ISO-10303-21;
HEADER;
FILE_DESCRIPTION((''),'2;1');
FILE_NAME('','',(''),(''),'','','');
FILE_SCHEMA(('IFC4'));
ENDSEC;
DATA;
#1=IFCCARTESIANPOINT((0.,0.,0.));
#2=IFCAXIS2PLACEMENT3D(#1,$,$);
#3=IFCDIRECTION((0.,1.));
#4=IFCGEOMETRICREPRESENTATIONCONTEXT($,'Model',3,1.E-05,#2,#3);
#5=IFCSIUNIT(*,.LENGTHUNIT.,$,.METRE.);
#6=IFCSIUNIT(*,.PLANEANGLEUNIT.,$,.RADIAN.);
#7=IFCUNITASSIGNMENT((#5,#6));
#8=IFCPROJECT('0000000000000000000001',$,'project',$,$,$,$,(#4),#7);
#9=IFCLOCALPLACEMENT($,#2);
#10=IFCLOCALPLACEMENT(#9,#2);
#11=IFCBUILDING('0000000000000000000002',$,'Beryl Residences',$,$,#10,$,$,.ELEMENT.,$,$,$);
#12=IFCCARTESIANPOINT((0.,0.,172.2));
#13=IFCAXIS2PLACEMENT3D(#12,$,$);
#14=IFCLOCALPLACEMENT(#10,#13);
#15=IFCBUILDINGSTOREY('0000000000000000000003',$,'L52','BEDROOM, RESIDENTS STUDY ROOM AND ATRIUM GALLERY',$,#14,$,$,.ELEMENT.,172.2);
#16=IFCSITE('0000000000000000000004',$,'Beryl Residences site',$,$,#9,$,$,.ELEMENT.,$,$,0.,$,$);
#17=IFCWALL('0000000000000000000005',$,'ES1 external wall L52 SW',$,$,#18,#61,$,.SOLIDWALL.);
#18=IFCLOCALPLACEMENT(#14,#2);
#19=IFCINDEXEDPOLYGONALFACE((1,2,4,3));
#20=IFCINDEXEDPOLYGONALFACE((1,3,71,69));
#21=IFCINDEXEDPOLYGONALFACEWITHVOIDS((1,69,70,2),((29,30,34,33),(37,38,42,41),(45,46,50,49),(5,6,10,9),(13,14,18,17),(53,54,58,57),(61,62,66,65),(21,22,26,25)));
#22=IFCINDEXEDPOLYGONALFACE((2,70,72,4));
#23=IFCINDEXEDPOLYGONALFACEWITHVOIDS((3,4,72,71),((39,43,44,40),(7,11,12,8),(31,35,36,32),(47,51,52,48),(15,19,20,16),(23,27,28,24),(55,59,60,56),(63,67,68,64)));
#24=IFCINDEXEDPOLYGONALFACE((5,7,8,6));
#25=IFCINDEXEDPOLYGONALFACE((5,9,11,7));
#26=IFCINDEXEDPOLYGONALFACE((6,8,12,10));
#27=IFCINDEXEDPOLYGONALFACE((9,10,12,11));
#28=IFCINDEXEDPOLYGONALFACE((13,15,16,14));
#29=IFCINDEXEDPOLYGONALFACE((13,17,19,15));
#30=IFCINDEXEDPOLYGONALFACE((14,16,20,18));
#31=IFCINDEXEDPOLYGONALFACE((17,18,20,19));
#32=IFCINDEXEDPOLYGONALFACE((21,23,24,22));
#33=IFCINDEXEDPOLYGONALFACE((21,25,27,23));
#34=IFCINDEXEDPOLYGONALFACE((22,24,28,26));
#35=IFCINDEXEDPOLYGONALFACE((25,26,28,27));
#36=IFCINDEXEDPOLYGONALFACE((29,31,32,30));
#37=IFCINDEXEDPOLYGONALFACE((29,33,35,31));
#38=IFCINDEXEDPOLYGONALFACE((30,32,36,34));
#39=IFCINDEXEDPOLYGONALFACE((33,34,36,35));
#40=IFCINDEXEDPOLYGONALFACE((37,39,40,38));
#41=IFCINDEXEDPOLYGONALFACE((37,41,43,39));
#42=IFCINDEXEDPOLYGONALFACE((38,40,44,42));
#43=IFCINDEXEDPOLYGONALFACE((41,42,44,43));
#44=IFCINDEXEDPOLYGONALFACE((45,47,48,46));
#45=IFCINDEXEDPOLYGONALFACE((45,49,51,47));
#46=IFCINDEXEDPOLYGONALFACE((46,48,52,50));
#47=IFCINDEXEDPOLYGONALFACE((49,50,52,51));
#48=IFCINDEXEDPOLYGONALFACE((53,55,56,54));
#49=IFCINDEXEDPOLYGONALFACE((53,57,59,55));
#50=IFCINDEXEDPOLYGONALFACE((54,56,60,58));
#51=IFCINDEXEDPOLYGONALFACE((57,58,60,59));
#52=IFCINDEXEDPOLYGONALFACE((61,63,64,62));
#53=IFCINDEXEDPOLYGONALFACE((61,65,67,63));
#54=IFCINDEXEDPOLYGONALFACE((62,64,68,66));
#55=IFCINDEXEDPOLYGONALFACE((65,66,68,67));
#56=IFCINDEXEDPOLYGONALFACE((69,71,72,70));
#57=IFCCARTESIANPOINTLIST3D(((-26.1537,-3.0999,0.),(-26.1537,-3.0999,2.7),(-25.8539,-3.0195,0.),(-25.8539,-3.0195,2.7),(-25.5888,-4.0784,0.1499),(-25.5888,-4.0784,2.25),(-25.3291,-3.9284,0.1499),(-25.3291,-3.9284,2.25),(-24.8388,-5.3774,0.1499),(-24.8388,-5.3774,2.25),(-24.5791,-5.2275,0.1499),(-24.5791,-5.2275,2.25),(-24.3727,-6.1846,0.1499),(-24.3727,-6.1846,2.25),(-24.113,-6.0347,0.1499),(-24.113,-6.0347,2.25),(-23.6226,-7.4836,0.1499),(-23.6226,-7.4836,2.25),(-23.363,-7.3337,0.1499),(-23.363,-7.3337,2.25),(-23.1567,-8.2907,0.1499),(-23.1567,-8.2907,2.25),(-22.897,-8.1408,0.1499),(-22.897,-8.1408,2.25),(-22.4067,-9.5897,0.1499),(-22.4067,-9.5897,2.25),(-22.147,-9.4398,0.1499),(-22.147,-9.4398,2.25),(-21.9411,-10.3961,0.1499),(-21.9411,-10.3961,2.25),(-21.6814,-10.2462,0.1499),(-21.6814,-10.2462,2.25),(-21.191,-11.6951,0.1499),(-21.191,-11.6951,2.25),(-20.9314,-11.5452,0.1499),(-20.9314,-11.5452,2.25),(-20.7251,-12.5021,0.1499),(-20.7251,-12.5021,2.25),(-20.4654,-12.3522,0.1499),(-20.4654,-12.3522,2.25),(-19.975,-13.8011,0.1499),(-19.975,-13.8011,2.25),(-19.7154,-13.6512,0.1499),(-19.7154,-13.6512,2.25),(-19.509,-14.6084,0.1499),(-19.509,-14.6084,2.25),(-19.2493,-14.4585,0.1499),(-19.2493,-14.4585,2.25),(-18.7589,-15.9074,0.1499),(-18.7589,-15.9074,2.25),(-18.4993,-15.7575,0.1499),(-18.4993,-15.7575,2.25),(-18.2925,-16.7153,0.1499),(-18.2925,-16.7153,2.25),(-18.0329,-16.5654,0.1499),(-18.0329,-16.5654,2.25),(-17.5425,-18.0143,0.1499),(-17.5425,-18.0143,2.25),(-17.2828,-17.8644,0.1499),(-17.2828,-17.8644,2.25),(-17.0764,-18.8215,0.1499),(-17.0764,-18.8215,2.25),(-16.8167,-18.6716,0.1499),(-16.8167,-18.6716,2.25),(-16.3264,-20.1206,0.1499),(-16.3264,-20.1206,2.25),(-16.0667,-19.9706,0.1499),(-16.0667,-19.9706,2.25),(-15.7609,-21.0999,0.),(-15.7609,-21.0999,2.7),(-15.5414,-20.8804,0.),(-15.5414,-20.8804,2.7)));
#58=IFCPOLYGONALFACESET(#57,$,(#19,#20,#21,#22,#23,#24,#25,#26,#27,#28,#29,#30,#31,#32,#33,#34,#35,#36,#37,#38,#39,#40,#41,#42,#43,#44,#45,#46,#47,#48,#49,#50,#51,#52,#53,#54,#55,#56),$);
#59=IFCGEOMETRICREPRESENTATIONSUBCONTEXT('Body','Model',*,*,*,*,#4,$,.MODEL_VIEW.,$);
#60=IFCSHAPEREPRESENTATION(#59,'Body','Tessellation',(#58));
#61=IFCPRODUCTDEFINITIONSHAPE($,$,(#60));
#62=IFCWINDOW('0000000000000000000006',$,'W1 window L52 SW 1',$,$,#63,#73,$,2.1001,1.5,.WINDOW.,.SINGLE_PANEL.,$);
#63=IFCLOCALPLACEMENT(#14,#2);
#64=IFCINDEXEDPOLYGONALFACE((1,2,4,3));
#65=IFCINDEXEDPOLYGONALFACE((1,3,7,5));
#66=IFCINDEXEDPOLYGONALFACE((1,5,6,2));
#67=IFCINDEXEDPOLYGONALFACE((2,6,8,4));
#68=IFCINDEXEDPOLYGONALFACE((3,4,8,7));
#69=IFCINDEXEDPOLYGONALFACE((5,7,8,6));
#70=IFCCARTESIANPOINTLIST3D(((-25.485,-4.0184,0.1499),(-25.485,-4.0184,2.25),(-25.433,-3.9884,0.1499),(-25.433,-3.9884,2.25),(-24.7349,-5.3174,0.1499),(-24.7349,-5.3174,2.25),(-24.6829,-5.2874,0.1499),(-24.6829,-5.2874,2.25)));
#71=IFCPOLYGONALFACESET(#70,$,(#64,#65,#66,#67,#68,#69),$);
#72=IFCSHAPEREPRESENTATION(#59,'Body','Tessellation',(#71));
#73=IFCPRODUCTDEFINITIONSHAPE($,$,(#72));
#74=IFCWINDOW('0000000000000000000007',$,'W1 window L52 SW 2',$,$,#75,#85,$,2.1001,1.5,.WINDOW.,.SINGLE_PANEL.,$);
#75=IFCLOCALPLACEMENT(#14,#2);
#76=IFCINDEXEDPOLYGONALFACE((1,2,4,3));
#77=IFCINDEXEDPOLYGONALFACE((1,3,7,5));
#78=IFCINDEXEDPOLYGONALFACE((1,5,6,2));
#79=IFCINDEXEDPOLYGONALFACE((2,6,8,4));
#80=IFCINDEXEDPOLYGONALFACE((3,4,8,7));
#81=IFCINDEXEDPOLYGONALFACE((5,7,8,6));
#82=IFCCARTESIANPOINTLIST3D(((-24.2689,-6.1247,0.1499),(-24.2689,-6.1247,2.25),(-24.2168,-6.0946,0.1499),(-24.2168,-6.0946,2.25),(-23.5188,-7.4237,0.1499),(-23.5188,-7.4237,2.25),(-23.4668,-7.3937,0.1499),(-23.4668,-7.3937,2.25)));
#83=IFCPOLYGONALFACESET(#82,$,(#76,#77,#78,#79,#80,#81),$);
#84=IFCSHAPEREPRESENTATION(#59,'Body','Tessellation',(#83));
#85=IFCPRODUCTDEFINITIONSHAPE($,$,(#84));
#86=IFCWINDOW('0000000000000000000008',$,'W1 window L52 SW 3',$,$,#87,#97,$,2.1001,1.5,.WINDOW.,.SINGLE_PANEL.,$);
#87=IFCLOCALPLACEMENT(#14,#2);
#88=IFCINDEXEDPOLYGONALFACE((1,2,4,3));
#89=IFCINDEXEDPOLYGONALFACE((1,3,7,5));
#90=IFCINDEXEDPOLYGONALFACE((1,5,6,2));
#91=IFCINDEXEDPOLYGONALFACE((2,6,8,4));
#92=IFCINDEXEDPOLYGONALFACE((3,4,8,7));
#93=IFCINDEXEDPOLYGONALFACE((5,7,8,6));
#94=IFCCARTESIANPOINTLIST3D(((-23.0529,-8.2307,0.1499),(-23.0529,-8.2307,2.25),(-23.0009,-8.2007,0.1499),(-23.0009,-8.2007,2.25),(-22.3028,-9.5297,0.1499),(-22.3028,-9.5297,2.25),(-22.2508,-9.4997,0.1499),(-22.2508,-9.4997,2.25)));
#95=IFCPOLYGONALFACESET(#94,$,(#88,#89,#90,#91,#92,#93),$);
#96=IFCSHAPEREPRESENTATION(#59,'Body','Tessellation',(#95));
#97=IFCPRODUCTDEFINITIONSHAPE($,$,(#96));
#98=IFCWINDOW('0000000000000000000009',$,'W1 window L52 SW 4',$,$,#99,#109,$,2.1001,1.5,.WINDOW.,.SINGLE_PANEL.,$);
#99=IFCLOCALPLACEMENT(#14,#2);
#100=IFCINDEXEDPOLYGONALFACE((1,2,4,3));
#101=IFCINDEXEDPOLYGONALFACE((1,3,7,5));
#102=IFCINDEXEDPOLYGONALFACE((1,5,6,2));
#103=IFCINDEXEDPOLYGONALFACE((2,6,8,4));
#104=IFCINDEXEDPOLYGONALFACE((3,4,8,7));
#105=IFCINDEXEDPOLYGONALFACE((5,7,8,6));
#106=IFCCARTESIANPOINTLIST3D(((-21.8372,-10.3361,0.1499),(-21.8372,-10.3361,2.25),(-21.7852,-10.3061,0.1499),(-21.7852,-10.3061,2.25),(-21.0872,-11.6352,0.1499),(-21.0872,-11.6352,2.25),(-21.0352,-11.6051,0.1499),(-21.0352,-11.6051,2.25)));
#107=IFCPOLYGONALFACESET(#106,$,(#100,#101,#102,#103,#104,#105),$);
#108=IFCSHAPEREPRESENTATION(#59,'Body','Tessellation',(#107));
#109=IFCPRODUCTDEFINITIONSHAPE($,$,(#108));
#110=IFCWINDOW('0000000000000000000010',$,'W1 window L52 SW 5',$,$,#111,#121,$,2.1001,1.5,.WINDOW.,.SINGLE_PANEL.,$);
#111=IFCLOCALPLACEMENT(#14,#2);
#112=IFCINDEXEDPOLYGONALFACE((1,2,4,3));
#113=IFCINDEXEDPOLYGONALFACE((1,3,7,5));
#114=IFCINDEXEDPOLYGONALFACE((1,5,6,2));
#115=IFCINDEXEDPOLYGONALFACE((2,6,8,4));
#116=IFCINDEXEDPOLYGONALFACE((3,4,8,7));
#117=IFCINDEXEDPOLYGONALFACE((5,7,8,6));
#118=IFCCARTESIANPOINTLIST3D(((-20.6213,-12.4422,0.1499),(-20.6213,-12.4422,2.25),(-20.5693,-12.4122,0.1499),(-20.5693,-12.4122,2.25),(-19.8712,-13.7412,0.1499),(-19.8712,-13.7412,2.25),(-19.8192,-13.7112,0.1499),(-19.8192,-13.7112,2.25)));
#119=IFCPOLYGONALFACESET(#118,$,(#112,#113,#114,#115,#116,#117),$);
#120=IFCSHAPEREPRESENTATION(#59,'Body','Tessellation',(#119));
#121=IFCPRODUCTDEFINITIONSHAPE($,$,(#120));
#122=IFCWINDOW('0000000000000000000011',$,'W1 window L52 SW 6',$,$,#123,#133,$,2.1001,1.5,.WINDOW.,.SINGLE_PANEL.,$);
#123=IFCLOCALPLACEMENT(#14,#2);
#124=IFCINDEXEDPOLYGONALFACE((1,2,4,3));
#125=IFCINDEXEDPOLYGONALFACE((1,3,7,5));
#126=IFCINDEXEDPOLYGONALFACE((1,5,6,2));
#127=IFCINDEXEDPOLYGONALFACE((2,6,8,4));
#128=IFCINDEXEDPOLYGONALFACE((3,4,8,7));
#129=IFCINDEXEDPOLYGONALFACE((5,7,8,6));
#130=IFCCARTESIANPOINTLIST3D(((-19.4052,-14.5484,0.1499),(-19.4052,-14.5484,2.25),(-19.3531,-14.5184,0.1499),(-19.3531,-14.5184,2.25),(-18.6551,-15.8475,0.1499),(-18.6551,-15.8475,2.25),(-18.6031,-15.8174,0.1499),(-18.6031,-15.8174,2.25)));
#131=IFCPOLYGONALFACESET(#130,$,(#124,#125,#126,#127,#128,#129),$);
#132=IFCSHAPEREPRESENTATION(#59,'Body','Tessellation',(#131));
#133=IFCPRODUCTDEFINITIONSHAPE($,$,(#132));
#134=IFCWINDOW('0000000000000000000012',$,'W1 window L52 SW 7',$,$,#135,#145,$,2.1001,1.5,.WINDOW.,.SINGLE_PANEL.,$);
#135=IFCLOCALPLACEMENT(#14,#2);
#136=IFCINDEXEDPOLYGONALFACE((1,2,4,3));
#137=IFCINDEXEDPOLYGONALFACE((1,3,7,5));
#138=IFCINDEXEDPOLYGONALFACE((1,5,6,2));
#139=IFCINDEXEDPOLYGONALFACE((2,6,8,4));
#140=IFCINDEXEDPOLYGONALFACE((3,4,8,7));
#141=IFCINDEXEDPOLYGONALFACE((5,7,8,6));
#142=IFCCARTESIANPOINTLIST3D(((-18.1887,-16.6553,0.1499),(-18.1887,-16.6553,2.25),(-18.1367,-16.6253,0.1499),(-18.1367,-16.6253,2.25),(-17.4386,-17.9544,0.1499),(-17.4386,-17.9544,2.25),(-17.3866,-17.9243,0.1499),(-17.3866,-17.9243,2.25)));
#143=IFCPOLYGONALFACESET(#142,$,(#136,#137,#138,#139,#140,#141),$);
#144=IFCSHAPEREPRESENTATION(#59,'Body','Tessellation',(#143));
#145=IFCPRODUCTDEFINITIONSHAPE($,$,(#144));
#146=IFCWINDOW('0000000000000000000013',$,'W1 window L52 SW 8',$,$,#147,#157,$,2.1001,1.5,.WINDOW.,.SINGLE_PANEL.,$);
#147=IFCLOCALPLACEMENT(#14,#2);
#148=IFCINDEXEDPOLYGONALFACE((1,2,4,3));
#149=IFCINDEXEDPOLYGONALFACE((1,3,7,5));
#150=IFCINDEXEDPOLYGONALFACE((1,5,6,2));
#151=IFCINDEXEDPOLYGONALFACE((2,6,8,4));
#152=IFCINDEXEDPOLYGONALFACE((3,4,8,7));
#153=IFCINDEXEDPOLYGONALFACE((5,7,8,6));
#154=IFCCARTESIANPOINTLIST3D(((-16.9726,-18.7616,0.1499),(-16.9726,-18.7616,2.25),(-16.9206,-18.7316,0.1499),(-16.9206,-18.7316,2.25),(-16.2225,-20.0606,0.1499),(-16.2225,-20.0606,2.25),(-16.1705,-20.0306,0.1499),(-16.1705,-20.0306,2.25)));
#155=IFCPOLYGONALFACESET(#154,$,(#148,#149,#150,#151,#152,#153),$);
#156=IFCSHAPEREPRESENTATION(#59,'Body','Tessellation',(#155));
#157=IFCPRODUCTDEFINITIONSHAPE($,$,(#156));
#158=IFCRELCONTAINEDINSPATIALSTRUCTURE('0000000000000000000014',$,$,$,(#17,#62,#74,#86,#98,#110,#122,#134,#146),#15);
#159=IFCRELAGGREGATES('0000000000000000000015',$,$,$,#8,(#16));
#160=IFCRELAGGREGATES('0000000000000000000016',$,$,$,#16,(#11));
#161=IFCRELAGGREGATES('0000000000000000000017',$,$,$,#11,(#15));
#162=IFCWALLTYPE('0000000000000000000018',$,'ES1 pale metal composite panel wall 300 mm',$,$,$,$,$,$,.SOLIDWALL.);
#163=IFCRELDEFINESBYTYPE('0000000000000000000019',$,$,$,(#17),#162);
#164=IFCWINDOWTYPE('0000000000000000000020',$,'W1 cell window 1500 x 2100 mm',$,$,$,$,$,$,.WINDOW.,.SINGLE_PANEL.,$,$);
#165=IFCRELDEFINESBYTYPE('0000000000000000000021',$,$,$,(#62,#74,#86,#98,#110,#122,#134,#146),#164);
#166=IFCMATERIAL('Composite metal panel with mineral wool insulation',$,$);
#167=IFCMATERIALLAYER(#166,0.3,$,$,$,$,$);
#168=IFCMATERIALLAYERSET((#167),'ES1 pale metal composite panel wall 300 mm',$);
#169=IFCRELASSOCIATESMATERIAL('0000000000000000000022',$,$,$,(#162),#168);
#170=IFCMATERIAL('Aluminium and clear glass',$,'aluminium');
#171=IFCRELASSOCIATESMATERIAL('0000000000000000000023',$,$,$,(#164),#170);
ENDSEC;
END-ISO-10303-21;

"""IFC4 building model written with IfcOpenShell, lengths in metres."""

from ifc_helpers import new_model, si_unit, direction, frame, frame_2d, origin, place, context, subcontext, project, spatial, polyline, rectangle, outline, extrude, material, layer, layer_set, type_object, element, fill, save


model = new_model("IFC4")

# Units and contexts
model_context = context("Model", 3, precision=1e-05, world=origin(), true_north=direction((0.0, 1.0)))
body_context = subcontext(model_context, "Body", "Model", "MODEL_VIEW")
ifc_project = project(units=[si_unit("LENGTHUNIT", "METRE"), si_unit("PLANEANGLEUNIT", "RADIAN")], contexts=[model_context])

# Site, building, storey
site_placement = place(None, origin())
site = spatial("IfcSite", under=ifc_project, at=site_placement, Name="Beryl Residences site", CompositionType="ELEMENT", RefElevation=0.0)
building_placement = place(site_placement, origin())
building = spatial("IfcBuilding", under=site, at=building_placement, Name="Beryl Residences", CompositionType="ELEMENT")
storey_placement = place(building_placement, frame((0.0, 0.0, 172.2)))
storey = spatial("IfcBuildingStorey", under=building, at=storey_placement, Name="L52", Description="BEDROOM, RESIDENTS STUDY ROOM AND ATRIUM GALLERY", CompositionType="ELEMENT", Elevation=172.2)

# Wall, openings, windows
ifc_material_1 = material(Name="Composite metal panel with mineral wool insulation")
ifc_layer_1 = layer(ifc_material_1, 0.3)
ifc_layer_set_1 = layer_set([ifc_layer_1], Name="ES1 pale metal composite panel wall 300 mm")
wall_type_1 = type_object("IfcWallType", Name="ES1 pale metal composite panel wall 300 mm", PredefinedType="SOLIDWALL", material=ifc_layer_set_1)
wall_1_placement = place(storey_placement, frame((-26.0239, -3.0249, 0.0), z_axis=(0.0, 0.0, 1.0), x_axis=(0.500019, -0.866015, 0.0)))
wall_1 = element("IfcWall", 1, at=wall_1_placement, inside=storey, type_object=wall_type_1, Name="ES1 external wall L52 SW", PredefinedType="SOLIDWALL", context=body_context, shape_type="SweptSolid", body=[
    extrude(outline(polyline([(0.0, -0.1499), (20.7849, -0.1499), (20.7046, 0.1499), (0.0803, 0.1499), (0.0, -0.1499)])), origin(), (0.0, 0.0, 1.0), 2.7),
])
opening_1_placement = place(wall_1_placement, frame((1.1299, 0.0, 0.1499)))
opening_1 = element("IfcOpeningElement", 2, at=opening_1_placement, cuts=wall_1, PredefinedType="OPENING", context=body_context, shape_type="SweptSolid", body=[
    extrude(rectangle(XDim=1.5, YDim=2.1001, at=frame_2d((0.75, 1.05))), frame((0.0, 0.1599, 0.0), z_axis=(0.0, -1.0, 0.0), x_axis=(1.0, 0.0, 0.0)), (0.0, 0.0, 1.0), 0.3201),
])
opening_2_placement = place(wall_1_placement, frame((3.562, 0.0, 0.1499)))
opening_2 = element("IfcOpeningElement", 3, at=opening_2_placement, cuts=wall_1, PredefinedType="OPENING", context=body_context, shape_type="SweptSolid", body=[
    extrude(rectangle(XDim=1.5, YDim=2.1001, at=frame_2d((0.75, 1.05))), frame((0.0, 0.1599, 0.0), z_axis=(0.0, -1.0, 0.0), x_axis=(1.0, 0.0, 0.0)), (0.0, 0.0, 1.0), 0.3201),
])
opening_3_placement = place(wall_1_placement, frame((5.9939, 0.0, 0.1499)))
opening_3 = element("IfcOpeningElement", 4, at=opening_3_placement, cuts=wall_1, PredefinedType="OPENING", context=body_context, shape_type="SweptSolid", body=[
    extrude(rectangle(XDim=1.5, YDim=2.1001, at=frame_2d((0.75, 1.05))), frame((0.0, 0.1599, 0.0), z_axis=(0.0, -1.0, 0.0), x_axis=(1.0, 0.0, 0.0)), (0.0, 0.0, 1.0), 0.3201),
])
opening_4_placement = place(wall_1_placement, frame((8.425, 0.0, 0.1499)))
opening_4 = element("IfcOpeningElement", 5, at=opening_4_placement, cuts=wall_1, PredefinedType="OPENING", context=body_context, shape_type="SweptSolid", body=[
    extrude(rectangle(XDim=1.5, YDim=2.1001, at=frame_2d((0.75, 1.05))), frame((0.0, 0.1599, 0.0), z_axis=(0.0, -1.0, 0.0), x_axis=(1.0, 0.0, 0.0)), (0.0, 0.0, 1.0), 0.3201),
])
opening_5_placement = place(wall_1_placement, frame((10.8569, 0.0, 0.1499)))
opening_5 = element("IfcOpeningElement", 6, at=opening_5_placement, cuts=wall_1, PredefinedType="OPENING", context=body_context, shape_type="SweptSolid", body=[
    extrude(rectangle(XDim=1.5, YDim=2.1001, at=frame_2d((0.75, 1.05))), frame((0.0, 0.1599, 0.0), z_axis=(0.0, -1.0, 0.0), x_axis=(1.0, 0.0, 0.0)), (0.0, 0.0, 1.0), 0.3201),
])
opening_6_placement = place(wall_1_placement, frame((13.2891, 0.0, 0.1499)))
opening_6 = element("IfcOpeningElement", 7, at=opening_6_placement, cuts=wall_1, PredefinedType="OPENING", context=body_context, shape_type="SweptSolid", body=[
    extrude(rectangle(XDim=1.5, YDim=2.1001, at=frame_2d((0.75, 1.05))), frame((0.0, 0.1599, 0.0), z_axis=(0.0, -1.0, 0.0), x_axis=(1.0, 0.0, 0.0)), (0.0, 0.0, 1.0), 0.3201),
])
opening_7_placement = place(wall_1_placement, frame((15.7219, 0.0, 0.1499)))
opening_7 = element("IfcOpeningElement", 8, at=opening_7_placement, cuts=wall_1, PredefinedType="OPENING", context=body_context, shape_type="SweptSolid", body=[
    extrude(rectangle(XDim=1.5, YDim=2.1001, at=frame_2d((0.75, 1.05))), frame((0.0, 0.1599, 0.0), z_axis=(0.0, -1.0, 0.0), x_axis=(1.0, 0.0, 0.0)), (0.0, 0.0, 1.0), 0.3201),
])
opening_8_placement = place(wall_1_placement, frame((18.1541, 0.0, 0.1499)))
opening_8 = element("IfcOpeningElement", 9, at=opening_8_placement, cuts=wall_1, PredefinedType="OPENING", context=body_context, shape_type="SweptSolid", body=[
    extrude(rectangle(XDim=1.5, YDim=2.1001, at=frame_2d((0.75, 1.05))), frame((0.0, 0.1599, 0.0), z_axis=(0.0, -1.0, 0.0), x_axis=(1.0, 0.0, 0.0)), (0.0, 0.0, 1.0), 0.3201),
])
ifc_material_2 = material(Name="Aluminium and clear glass", Category="aluminium")
window_type = type_object("IfcWindowType", Name="W1 cell window 1500 x 2100 mm", PartitioningType="SINGLE_PANEL", PredefinedType="WINDOW", material=ifc_material_2)
window_1_placement = place(opening_1_placement, origin())
window_1 = element("IfcWindow", 10, at=window_1_placement, inside=storey, type_object=window_type, Name="W1 window L52 SW 1", OverallHeight=2.1001, OverallWidth=1.5, PartitioningType="SINGLE_PANEL", PredefinedType="WINDOW", context=body_context, shape_type="SweptSolid", body=[
    extrude(rectangle(XDim=1.5, YDim=2.1001, at=frame_2d((0.75, 1.05))), frame((0.0, 0.03, 0.0), z_axis=(0.0, -1.0, 0.0), x_axis=(1.0, 0.0, 0.0)), (0.0, 0.0, 1.0), 0.0601),
])
fill(opening_1, window_1)
window_2_placement = place(opening_2_placement, origin())
window_2 = element("IfcWindow", 11, at=window_2_placement, inside=storey, type_object=window_type, Name="W1 window L52 SW 2", OverallHeight=2.1001, OverallWidth=1.5, PartitioningType="SINGLE_PANEL", PredefinedType="WINDOW", context=body_context, shape_type="SweptSolid", body=[
    extrude(rectangle(XDim=1.5, YDim=2.1001, at=frame_2d((0.75, 1.05))), frame((0.0, 0.03, 0.0), z_axis=(0.0, -1.0, 0.0), x_axis=(1.0, 0.0, 0.0)), (0.0, 0.0, 1.0), 0.0601),
])
fill(opening_2, window_2)
window_3_placement = place(opening_3_placement, origin())
window_3 = element("IfcWindow", 12, at=window_3_placement, inside=storey, type_object=window_type, Name="W1 window L52 SW 3", OverallHeight=2.1001, OverallWidth=1.5, PartitioningType="SINGLE_PANEL", PredefinedType="WINDOW", context=body_context, shape_type="SweptSolid", body=[
    extrude(rectangle(XDim=1.5, YDim=2.1001, at=frame_2d((0.75, 1.05))), frame((0.0, 0.03, 0.0), z_axis=(0.0, -1.0, 0.0), x_axis=(1.0, 0.0, 0.0)), (0.0, 0.0, 1.0), 0.0601),
])
fill(opening_3, window_3)
window_4_placement = place(opening_4_placement, origin())
window_4 = element("IfcWindow", 13, at=window_4_placement, inside=storey, type_object=window_type, Name="W1 window L52 SW 4", OverallHeight=2.1001, OverallWidth=1.5, PartitioningType="SINGLE_PANEL", PredefinedType="WINDOW", context=body_context, shape_type="SweptSolid", body=[
    extrude(rectangle(XDim=1.5, YDim=2.1001, at=frame_2d((0.75, 1.05))), frame((0.0, 0.03, 0.0), z_axis=(0.0, -1.0, 0.0), x_axis=(1.0, 0.0, 0.0)), (0.0, 0.0, 1.0), 0.0601),
])
fill(opening_4, window_4)
window_5_placement = place(opening_5_placement, origin())
window_5 = element("IfcWindow", 14, at=window_5_placement, inside=storey, type_object=window_type, Name="W1 window L52 SW 5", OverallHeight=2.1001, OverallWidth=1.5, PartitioningType="SINGLE_PANEL", PredefinedType="WINDOW", context=body_context, shape_type="SweptSolid", body=[
    extrude(rectangle(XDim=1.5, YDim=2.1001, at=frame_2d((0.75, 1.05))), frame((0.0, 0.03, 0.0), z_axis=(0.0, -1.0, 0.0), x_axis=(1.0, 0.0, 0.0)), (0.0, 0.0, 1.0), 0.0601),
])
fill(opening_5, window_5)
window_6_placement = place(opening_6_placement, origin())
window_6 = element("IfcWindow", 15, at=window_6_placement, inside=storey, type_object=window_type, Name="W1 window L52 SW 6", OverallHeight=2.1001, OverallWidth=1.5, PartitioningType="SINGLE_PANEL", PredefinedType="WINDOW", context=body_context, shape_type="SweptSolid", body=[
    extrude(rectangle(XDim=1.5, YDim=2.1001, at=frame_2d((0.75, 1.05))), frame((0.0, 0.03, 0.0), z_axis=(0.0, -1.0, 0.0), x_axis=(1.0, 0.0, 0.0)), (0.0, 0.0, 1.0), 0.0601),
])
fill(opening_6, window_6)
window_7_placement = place(opening_7_placement, origin())
window_7 = element("IfcWindow", 16, at=window_7_placement, inside=storey, type_object=window_type, Name="W1 window L52 SW 7", OverallHeight=2.1001, OverallWidth=1.5, PartitioningType="SINGLE_PANEL", PredefinedType="WINDOW", context=body_context, shape_type="SweptSolid", body=[
    extrude(rectangle(XDim=1.5, YDim=2.1001, at=frame_2d((0.75, 1.05))), frame((0.0, 0.03, 0.0), z_axis=(0.0, -1.0, 0.0), x_axis=(1.0, 0.0, 0.0)), (0.0, 0.0, 1.0), 0.0601),
])
fill(opening_7, window_7)
window_8_placement = place(opening_8_placement, origin())
window_8 = element("IfcWindow", 17, at=window_8_placement, inside=storey, type_object=window_type, Name="W1 window L52 SW 8", OverallHeight=2.1001, OverallWidth=1.5, PartitioningType="SINGLE_PANEL", PredefinedType="WINDOW", context=body_context, shape_type="SweptSolid", body=[
    extrude(rectangle(XDim=1.5, YDim=2.1001, at=frame_2d((0.75, 1.05))), frame((0.0, 0.03, 0.0), z_axis=(0.0, -1.0, 0.0), x_axis=(1.0, 0.0, 0.0)), (0.0, 0.0, 1.0), 0.0601),
])
fill(opening_8, window_8)

save(model, "model.ifc")
